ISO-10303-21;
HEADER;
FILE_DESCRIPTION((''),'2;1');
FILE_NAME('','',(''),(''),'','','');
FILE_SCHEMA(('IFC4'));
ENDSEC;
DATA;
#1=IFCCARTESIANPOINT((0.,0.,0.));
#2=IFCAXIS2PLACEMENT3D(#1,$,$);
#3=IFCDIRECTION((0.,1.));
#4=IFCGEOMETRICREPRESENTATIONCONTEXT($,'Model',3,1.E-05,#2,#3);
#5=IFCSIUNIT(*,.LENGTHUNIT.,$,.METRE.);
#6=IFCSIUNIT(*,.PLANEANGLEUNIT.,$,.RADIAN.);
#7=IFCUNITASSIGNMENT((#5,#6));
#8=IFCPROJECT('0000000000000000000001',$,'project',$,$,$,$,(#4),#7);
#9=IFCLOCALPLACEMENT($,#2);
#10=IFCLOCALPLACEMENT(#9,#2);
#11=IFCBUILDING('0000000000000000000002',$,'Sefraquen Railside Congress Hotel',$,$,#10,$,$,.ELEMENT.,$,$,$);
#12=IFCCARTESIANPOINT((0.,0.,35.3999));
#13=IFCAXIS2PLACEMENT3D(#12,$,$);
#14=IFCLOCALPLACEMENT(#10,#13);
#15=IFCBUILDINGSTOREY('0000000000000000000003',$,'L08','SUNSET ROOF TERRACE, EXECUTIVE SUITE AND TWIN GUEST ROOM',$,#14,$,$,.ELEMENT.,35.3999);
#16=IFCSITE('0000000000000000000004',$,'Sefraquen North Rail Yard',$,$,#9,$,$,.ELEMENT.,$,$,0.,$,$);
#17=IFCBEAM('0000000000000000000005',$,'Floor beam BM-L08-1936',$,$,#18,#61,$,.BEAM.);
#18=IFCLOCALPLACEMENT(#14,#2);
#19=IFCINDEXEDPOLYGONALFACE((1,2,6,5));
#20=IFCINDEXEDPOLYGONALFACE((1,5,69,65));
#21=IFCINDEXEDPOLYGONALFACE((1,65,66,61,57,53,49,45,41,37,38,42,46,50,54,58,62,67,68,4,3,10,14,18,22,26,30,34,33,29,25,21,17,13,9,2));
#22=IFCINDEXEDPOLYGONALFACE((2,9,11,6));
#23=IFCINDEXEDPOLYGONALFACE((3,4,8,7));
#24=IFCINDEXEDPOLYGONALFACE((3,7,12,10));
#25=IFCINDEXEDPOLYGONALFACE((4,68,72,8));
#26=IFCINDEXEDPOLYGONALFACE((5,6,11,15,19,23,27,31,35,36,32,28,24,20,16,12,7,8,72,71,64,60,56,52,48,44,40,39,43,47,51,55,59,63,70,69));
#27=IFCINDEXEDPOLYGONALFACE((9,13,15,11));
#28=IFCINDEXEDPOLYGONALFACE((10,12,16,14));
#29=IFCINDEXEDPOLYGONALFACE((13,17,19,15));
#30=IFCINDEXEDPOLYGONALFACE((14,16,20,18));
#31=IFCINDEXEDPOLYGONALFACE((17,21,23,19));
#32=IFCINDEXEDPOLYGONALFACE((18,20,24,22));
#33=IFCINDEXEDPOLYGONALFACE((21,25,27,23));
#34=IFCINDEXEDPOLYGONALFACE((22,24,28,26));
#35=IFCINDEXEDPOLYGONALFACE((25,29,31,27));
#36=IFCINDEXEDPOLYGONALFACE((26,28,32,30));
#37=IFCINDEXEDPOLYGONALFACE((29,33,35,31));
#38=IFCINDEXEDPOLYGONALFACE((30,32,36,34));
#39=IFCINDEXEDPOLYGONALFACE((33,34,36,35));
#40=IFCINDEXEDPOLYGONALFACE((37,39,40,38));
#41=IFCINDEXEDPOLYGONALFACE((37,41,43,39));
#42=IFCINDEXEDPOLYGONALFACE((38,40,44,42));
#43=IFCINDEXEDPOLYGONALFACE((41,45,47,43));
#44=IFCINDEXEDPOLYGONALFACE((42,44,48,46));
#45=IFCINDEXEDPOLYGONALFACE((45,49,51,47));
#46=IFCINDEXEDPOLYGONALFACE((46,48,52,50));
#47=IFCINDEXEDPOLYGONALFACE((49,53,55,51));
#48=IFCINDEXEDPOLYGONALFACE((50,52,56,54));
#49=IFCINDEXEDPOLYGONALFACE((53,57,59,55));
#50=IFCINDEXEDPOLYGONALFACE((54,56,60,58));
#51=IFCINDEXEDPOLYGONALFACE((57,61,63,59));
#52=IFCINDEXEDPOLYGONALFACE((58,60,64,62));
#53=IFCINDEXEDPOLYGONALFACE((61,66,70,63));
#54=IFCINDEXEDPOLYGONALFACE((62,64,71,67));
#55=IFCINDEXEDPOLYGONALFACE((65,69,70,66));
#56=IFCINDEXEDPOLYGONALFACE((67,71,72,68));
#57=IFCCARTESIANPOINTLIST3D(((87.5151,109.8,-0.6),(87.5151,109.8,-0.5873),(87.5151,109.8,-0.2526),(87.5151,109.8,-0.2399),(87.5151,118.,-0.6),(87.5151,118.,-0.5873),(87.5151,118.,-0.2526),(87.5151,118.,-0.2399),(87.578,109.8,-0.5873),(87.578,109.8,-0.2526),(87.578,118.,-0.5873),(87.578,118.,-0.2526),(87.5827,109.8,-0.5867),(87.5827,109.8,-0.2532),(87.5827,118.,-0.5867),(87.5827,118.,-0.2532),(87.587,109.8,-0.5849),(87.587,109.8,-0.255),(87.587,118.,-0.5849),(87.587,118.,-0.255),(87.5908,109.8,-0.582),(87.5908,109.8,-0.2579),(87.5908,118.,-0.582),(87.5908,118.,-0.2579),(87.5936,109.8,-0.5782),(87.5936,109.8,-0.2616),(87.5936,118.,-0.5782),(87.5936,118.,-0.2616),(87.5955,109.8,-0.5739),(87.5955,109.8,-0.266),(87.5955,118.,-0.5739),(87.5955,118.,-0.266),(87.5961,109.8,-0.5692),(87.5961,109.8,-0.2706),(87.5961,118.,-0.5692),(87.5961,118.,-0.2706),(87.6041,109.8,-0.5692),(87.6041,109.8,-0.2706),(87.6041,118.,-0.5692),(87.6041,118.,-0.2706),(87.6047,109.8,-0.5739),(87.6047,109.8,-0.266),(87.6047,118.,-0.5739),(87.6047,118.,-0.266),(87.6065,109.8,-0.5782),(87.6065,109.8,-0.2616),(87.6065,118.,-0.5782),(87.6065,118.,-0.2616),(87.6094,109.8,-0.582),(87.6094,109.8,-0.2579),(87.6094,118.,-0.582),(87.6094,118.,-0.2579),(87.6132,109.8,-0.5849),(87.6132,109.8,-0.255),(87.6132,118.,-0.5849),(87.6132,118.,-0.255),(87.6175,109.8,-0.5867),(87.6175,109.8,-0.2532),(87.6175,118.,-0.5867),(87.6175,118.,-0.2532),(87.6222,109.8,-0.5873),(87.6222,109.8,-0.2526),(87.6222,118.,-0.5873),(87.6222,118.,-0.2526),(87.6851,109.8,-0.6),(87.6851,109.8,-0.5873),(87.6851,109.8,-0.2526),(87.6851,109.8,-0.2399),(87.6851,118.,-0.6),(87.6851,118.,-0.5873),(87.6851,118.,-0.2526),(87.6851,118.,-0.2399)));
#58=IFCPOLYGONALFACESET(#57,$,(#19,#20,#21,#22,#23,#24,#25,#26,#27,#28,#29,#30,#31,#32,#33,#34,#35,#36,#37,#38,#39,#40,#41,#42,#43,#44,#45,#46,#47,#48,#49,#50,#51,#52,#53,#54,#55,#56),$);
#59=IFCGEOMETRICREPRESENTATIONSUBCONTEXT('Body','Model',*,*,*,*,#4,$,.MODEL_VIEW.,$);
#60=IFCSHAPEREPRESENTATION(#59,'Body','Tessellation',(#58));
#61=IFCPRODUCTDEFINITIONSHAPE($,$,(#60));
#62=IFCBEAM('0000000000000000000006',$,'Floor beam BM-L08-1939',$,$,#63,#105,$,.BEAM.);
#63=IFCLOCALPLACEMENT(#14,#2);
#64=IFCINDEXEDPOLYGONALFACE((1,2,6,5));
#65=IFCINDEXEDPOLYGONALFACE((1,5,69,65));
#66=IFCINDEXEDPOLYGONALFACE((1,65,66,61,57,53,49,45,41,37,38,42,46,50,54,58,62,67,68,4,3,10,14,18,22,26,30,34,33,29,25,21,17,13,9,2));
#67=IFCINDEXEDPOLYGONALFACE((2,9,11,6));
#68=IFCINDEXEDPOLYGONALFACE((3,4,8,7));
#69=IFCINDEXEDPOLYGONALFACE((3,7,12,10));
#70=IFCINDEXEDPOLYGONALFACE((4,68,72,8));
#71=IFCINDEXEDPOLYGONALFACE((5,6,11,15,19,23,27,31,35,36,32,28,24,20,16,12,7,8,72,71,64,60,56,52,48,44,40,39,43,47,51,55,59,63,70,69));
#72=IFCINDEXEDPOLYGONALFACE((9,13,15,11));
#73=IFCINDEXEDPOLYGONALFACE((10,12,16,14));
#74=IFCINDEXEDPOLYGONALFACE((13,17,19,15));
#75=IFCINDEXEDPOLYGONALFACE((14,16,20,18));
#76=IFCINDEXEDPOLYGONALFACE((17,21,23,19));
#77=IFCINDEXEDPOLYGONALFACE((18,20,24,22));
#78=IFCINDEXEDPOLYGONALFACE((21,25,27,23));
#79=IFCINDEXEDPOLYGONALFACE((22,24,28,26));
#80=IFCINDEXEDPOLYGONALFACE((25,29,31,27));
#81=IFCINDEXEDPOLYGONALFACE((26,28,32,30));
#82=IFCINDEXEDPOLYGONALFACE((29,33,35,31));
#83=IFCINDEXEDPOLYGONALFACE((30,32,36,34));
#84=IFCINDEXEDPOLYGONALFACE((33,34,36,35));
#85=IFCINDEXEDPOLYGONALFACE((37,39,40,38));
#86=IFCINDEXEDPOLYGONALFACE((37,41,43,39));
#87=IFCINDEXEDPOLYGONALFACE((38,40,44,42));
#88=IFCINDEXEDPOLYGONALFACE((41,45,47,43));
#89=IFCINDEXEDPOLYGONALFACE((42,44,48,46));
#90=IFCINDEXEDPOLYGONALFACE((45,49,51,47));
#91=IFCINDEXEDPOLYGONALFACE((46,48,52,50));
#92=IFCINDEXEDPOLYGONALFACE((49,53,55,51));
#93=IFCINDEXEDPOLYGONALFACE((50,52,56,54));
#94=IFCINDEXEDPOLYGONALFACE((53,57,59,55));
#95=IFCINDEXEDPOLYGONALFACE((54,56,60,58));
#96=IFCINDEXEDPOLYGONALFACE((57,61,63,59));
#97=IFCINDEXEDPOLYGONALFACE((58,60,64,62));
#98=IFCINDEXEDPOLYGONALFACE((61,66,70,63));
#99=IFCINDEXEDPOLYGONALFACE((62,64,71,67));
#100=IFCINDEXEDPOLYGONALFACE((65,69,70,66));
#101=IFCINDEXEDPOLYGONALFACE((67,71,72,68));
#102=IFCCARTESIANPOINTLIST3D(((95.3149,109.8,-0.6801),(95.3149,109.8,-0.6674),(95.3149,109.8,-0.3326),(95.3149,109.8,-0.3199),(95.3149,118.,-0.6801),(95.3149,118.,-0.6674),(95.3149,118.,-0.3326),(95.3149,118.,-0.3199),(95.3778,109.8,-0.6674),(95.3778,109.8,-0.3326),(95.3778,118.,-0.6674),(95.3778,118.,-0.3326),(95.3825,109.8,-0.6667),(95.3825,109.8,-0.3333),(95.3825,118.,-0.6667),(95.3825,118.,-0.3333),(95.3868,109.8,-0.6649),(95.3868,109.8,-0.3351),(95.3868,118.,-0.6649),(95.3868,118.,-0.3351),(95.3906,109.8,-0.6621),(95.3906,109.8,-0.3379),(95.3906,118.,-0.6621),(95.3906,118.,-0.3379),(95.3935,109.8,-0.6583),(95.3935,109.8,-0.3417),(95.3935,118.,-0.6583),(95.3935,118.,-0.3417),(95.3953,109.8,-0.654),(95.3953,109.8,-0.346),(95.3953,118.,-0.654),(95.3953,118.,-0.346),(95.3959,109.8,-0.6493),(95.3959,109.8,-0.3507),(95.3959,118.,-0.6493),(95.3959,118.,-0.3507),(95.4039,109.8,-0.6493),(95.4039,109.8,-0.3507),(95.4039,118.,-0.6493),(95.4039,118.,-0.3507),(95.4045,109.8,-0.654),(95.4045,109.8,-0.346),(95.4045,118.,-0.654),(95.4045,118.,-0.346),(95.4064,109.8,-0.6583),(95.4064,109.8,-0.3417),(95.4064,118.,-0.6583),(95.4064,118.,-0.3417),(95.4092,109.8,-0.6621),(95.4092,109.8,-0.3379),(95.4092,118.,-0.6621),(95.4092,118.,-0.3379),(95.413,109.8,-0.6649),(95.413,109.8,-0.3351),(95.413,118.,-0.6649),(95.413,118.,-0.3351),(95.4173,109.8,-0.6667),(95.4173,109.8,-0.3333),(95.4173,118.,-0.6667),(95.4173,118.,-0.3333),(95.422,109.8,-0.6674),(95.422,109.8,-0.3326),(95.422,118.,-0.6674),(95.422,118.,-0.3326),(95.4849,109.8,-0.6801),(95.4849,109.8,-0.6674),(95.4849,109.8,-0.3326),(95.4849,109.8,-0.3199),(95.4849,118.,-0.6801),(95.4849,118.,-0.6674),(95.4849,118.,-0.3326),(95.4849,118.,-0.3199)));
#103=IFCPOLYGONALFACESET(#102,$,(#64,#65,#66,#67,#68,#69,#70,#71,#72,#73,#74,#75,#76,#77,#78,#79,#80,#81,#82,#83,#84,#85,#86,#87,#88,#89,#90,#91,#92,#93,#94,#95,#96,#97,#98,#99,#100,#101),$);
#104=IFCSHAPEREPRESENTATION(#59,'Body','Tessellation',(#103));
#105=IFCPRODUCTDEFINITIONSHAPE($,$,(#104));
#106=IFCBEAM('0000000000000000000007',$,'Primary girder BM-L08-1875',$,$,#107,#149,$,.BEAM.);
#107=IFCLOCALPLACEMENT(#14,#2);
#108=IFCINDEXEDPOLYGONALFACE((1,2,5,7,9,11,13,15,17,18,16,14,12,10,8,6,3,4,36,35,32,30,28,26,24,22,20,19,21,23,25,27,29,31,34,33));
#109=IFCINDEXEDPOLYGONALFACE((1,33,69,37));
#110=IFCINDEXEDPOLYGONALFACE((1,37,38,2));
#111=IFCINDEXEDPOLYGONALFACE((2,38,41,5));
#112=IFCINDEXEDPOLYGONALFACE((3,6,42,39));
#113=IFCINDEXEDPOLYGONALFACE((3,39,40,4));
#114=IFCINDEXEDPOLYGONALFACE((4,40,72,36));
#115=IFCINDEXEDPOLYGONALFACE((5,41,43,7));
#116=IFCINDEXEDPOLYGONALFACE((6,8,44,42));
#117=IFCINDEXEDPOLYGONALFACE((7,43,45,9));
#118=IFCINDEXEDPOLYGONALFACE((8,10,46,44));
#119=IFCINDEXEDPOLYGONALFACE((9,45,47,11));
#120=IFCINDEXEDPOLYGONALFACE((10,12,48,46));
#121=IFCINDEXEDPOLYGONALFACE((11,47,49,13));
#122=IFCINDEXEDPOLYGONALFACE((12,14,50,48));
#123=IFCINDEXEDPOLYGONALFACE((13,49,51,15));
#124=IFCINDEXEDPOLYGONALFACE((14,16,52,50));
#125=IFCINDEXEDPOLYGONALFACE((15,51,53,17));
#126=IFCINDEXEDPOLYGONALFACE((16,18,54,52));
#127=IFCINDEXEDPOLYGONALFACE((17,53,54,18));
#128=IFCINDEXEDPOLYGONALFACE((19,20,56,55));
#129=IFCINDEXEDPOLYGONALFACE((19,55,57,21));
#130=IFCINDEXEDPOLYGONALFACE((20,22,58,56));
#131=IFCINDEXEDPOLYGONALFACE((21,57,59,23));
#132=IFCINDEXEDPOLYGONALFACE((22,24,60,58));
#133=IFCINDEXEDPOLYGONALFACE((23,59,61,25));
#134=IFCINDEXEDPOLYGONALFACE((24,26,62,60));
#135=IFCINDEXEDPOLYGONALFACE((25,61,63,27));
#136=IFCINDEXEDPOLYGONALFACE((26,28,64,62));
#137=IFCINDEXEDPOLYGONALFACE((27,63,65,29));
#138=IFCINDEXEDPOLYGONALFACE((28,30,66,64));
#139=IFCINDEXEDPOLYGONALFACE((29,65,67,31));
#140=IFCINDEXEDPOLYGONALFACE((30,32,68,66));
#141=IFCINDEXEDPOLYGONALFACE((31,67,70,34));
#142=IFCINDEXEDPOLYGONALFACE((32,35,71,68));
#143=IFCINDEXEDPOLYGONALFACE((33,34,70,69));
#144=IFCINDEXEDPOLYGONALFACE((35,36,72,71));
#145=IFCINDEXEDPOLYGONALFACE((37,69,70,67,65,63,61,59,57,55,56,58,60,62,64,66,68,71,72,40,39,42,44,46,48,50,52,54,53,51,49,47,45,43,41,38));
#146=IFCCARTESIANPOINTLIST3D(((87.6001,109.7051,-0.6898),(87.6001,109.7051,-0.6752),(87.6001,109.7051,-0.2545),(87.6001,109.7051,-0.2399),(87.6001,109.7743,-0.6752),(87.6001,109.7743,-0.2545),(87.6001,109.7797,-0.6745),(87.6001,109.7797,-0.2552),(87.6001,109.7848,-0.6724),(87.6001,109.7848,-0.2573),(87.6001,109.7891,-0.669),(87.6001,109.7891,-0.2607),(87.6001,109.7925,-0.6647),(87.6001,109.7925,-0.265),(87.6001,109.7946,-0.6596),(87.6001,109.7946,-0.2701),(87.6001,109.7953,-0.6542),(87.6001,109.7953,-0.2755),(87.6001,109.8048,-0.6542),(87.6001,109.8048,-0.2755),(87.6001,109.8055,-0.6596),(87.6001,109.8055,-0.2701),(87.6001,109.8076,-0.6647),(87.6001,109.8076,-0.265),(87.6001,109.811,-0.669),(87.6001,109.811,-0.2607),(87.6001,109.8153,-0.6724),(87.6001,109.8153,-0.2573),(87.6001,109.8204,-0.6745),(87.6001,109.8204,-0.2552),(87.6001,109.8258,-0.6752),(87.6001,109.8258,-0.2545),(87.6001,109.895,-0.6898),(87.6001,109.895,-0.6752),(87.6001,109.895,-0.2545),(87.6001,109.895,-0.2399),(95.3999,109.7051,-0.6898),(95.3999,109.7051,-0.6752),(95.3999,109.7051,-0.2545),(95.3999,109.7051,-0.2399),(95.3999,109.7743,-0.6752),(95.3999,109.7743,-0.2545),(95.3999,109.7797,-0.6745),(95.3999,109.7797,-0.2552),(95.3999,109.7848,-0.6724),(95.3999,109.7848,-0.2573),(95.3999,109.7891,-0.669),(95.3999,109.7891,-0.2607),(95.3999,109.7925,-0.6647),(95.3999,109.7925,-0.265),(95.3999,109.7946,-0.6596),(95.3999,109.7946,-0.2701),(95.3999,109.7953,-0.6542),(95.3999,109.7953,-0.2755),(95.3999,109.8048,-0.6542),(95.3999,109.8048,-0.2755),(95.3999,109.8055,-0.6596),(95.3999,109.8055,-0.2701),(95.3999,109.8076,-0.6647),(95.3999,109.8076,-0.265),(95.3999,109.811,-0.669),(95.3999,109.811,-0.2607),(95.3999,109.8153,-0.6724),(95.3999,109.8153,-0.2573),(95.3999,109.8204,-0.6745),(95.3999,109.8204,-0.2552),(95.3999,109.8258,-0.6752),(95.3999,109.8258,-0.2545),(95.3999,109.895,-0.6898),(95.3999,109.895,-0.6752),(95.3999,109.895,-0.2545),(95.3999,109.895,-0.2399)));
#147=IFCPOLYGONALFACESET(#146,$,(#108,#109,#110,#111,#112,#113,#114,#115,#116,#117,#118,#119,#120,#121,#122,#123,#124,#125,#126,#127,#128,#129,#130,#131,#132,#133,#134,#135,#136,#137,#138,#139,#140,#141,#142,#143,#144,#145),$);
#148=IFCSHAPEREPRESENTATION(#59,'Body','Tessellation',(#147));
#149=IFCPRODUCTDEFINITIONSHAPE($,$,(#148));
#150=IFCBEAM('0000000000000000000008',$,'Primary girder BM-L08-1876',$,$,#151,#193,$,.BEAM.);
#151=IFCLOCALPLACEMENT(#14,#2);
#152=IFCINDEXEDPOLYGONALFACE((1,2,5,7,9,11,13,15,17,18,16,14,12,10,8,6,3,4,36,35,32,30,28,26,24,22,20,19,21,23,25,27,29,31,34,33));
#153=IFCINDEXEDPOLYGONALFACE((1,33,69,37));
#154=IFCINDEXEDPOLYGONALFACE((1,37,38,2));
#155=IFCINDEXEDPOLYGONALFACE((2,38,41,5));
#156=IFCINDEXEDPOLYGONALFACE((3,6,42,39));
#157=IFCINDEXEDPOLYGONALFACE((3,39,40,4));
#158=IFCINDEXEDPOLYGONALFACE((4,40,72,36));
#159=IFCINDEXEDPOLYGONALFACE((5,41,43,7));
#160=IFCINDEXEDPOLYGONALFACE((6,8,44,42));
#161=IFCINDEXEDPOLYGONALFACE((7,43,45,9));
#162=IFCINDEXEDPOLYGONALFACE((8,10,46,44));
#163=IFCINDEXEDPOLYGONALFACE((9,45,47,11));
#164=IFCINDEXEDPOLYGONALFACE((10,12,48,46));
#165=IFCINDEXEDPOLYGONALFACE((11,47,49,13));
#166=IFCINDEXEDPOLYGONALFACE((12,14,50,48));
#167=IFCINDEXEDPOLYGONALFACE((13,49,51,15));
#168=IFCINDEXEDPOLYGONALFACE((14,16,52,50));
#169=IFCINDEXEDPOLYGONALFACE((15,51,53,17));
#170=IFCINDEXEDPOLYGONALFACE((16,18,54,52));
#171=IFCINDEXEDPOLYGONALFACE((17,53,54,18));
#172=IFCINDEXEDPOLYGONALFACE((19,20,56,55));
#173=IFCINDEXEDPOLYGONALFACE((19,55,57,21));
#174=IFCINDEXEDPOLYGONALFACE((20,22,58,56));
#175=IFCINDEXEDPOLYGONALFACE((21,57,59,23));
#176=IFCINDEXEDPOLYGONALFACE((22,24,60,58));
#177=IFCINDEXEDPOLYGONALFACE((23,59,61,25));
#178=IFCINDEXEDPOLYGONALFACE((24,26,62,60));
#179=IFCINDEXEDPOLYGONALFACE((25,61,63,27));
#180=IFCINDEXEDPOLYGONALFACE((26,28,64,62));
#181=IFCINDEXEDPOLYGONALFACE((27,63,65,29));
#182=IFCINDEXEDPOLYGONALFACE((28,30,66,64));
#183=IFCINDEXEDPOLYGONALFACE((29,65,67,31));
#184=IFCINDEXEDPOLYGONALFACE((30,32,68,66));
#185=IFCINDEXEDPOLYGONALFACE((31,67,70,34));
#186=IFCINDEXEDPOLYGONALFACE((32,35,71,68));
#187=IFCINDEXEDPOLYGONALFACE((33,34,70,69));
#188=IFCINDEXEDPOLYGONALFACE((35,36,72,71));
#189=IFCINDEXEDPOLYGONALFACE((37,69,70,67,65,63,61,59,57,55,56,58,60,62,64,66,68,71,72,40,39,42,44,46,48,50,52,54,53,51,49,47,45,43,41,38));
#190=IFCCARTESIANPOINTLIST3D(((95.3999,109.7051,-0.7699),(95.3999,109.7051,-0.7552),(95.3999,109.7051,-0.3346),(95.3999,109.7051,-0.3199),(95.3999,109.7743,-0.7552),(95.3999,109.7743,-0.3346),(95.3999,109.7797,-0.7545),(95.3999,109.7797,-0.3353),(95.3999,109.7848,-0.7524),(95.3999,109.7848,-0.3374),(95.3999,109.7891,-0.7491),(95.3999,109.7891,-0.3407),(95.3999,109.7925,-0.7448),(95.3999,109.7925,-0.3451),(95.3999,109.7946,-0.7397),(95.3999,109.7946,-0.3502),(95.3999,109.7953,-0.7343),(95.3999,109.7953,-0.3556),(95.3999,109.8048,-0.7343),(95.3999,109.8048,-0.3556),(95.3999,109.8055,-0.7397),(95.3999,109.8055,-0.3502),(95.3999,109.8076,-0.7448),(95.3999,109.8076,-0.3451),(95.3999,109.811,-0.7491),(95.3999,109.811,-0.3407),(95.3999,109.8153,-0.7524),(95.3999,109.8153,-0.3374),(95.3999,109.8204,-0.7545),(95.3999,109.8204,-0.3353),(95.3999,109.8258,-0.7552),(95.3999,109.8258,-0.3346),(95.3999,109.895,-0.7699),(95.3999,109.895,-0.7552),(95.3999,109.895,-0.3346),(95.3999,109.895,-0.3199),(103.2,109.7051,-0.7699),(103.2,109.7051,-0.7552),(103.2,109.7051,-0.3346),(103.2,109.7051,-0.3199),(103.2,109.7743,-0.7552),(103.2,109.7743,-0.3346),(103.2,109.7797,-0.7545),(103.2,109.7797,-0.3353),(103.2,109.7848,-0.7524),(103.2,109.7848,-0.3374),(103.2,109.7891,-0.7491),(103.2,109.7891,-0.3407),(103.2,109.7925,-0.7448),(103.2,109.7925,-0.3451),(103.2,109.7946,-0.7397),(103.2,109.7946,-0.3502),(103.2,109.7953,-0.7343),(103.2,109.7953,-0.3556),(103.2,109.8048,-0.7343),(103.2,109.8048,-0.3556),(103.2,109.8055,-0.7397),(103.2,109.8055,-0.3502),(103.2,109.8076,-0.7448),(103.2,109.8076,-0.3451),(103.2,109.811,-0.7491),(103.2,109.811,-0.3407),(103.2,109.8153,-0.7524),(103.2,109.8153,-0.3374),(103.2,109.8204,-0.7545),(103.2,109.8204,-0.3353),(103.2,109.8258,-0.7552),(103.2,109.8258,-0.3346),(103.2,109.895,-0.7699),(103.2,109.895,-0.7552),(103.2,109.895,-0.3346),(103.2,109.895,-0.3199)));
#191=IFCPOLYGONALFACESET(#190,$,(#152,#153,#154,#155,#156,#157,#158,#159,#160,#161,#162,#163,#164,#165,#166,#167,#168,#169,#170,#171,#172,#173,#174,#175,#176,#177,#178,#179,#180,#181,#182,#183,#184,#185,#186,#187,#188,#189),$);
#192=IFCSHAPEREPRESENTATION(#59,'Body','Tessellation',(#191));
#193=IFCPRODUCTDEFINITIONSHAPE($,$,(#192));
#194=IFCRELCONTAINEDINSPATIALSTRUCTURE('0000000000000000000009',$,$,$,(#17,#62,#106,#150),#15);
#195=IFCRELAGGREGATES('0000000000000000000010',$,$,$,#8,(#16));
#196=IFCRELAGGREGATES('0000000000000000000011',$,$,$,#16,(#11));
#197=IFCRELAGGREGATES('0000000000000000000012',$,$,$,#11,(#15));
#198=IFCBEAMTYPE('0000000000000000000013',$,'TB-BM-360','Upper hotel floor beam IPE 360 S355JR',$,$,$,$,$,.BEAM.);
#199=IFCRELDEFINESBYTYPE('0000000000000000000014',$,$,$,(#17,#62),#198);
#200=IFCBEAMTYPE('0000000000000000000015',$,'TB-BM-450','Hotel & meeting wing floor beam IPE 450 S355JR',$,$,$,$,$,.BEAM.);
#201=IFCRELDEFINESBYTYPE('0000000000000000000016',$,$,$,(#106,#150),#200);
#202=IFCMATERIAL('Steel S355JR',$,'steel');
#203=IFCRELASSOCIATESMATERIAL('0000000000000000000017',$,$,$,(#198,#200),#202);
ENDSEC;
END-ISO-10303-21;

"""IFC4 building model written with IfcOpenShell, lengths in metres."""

from ifc_helpers import new_model, si_unit, direction, frame, origin, origin_2d, place, context, subcontext, project, spatial, i_section, extrude, material, material_profile, profile_set, type_object, element, save


model = new_model("IFC4")

# Units and contexts
model_context = context("Model", 3, precision=1e-05, world=origin(), true_north=direction((0.0, 1.0)))
body_context = subcontext(model_context, "Body", "Model", "MODEL_VIEW")
ifc_project = project(units=[si_unit("LENGTHUNIT", "METRE"), si_unit("PLANEANGLEUNIT", "RADIAN")], contexts=[model_context])

# Site, building, storey
site_placement = place(None, origin())
site = spatial("IfcSite", under=ifc_project, at=site_placement, Name="Sefraquen North Rail Yard", CompositionType="ELEMENT", RefElevation=0.0)
building_placement = place(site_placement, origin())
building = spatial("IfcBuilding", under=site, at=building_placement, Name="Sefraquen Railside Congress Hotel", CompositionType="ELEMENT")
storey_placement = place(building_placement, frame((0.0, 0.0, 35.3999)))
storey = spatial("IfcBuildingStorey", under=building, at=storey_placement, Name="L08", Description="SUNSET ROOF TERRACE, EXECUTIVE SUITE AND TWIN GUEST ROOM", CompositionType="ELEMENT", Elevation=35.3999)

# Shared definitions
ifc_material_1 = material(Name="Steel S355JR", Category="steel")

# Beams
ifc_material_profile_1 = material_profile(ifc_material_1, i_section(OverallWidth=0.1699, OverallDepth=0.3601, WebThickness=0.0081, FlangeThickness=0.0127, FilletRadius=0.0181, at=origin_2d()), Name="IPE 360")
ifc_profile_set_1 = profile_set([ifc_material_profile_1], Name="Steel S355JR")
beam_type_1 = type_object("IfcBeamType", Name="TB-BM-360", Description="Upper hotel floor beam IPE 360 S355JR", PredefinedType="BEAM", material=ifc_profile_set_1)
for number, where, z_axis, x_axis, name in (
    (1, (87.6001, 109.8, -0.4199), (0.0, 1.0, 0.0), (-1.0, 0.0, 0.0), "Floor beam BM-L08-1936"),
    (2, (95.3999, 109.8, -0.5), (0.0, 1.0, 0.0), (-1.0, 0.0, 0.0), "Floor beam BM-L08-1939"),
):
    element("IfcBeam", number, at=place(storey_placement, frame(where, z_axis=z_axis, x_axis=x_axis)), inside=storey, type_object=beam_type_1, Name=name, PredefinedType="BEAM", context=body_context, shape_type="SweptSolid", body=[
        extrude(i_section(OverallWidth=0.1699, OverallDepth=0.3601, WebThickness=0.0081, FlangeThickness=0.0127, FilletRadius=0.0181, at=origin_2d()), origin(), (0.0, 0.0, 1.0), 8.2),
    ])
ifc_material_profile_2 = material_profile(ifc_material_1, i_section(OverallWidth=0.1899, OverallDepth=0.45, WebThickness=0.0095, FlangeThickness=0.0146, FilletRadius=0.021, at=origin_2d()), Name="IPE 450")
ifc_profile_set_2 = profile_set([ifc_material_profile_2], Name="Steel S355JR")
beam_type_2 = type_object("IfcBeamType", Name="TB-BM-450", Description="Hotel & meeting wing floor beam IPE 450 S355JR", PredefinedType="BEAM", material=ifc_profile_set_2)
beam_1_placement = place(storey_placement, frame((87.6001, 109.8, -0.4648), z_axis=(1.0, 0.0, 0.0), x_axis=(0.0, 1.0, 0.0)))
element("IfcBeam", 3, at=beam_1_placement, inside=storey, type_object=beam_type_2, Name="Primary girder BM-L08-1875", PredefinedType="BEAM", context=body_context, shape_type="SweptSolid", body=[
    extrude(i_section(OverallWidth=0.1899, OverallDepth=0.45, WebThickness=0.0095, FlangeThickness=0.0146, FilletRadius=0.021, at=origin_2d()), origin(), (0.0, 0.0, 1.0), 7.7998),
])
beam_2_placement = place(storey_placement, frame((95.3999, 109.8, -0.5449), z_axis=(1.0, 0.0, 0.0), x_axis=(0.0, 1.0, 0.0)))
element("IfcBeam", 4, at=beam_2_placement, inside=storey, type_object=beam_type_2, Name="Primary girder BM-L08-1876", PredefinedType="BEAM", context=body_context, shape_type="SweptSolid", body=[
    extrude(i_section(OverallWidth=0.1899, OverallDepth=0.45, WebThickness=0.0095, FlangeThickness=0.0146, FilletRadius=0.021, at=origin_2d()), origin(), (0.0, 0.0, 1.0), 7.8),
])

save(model, "model.ifc")
